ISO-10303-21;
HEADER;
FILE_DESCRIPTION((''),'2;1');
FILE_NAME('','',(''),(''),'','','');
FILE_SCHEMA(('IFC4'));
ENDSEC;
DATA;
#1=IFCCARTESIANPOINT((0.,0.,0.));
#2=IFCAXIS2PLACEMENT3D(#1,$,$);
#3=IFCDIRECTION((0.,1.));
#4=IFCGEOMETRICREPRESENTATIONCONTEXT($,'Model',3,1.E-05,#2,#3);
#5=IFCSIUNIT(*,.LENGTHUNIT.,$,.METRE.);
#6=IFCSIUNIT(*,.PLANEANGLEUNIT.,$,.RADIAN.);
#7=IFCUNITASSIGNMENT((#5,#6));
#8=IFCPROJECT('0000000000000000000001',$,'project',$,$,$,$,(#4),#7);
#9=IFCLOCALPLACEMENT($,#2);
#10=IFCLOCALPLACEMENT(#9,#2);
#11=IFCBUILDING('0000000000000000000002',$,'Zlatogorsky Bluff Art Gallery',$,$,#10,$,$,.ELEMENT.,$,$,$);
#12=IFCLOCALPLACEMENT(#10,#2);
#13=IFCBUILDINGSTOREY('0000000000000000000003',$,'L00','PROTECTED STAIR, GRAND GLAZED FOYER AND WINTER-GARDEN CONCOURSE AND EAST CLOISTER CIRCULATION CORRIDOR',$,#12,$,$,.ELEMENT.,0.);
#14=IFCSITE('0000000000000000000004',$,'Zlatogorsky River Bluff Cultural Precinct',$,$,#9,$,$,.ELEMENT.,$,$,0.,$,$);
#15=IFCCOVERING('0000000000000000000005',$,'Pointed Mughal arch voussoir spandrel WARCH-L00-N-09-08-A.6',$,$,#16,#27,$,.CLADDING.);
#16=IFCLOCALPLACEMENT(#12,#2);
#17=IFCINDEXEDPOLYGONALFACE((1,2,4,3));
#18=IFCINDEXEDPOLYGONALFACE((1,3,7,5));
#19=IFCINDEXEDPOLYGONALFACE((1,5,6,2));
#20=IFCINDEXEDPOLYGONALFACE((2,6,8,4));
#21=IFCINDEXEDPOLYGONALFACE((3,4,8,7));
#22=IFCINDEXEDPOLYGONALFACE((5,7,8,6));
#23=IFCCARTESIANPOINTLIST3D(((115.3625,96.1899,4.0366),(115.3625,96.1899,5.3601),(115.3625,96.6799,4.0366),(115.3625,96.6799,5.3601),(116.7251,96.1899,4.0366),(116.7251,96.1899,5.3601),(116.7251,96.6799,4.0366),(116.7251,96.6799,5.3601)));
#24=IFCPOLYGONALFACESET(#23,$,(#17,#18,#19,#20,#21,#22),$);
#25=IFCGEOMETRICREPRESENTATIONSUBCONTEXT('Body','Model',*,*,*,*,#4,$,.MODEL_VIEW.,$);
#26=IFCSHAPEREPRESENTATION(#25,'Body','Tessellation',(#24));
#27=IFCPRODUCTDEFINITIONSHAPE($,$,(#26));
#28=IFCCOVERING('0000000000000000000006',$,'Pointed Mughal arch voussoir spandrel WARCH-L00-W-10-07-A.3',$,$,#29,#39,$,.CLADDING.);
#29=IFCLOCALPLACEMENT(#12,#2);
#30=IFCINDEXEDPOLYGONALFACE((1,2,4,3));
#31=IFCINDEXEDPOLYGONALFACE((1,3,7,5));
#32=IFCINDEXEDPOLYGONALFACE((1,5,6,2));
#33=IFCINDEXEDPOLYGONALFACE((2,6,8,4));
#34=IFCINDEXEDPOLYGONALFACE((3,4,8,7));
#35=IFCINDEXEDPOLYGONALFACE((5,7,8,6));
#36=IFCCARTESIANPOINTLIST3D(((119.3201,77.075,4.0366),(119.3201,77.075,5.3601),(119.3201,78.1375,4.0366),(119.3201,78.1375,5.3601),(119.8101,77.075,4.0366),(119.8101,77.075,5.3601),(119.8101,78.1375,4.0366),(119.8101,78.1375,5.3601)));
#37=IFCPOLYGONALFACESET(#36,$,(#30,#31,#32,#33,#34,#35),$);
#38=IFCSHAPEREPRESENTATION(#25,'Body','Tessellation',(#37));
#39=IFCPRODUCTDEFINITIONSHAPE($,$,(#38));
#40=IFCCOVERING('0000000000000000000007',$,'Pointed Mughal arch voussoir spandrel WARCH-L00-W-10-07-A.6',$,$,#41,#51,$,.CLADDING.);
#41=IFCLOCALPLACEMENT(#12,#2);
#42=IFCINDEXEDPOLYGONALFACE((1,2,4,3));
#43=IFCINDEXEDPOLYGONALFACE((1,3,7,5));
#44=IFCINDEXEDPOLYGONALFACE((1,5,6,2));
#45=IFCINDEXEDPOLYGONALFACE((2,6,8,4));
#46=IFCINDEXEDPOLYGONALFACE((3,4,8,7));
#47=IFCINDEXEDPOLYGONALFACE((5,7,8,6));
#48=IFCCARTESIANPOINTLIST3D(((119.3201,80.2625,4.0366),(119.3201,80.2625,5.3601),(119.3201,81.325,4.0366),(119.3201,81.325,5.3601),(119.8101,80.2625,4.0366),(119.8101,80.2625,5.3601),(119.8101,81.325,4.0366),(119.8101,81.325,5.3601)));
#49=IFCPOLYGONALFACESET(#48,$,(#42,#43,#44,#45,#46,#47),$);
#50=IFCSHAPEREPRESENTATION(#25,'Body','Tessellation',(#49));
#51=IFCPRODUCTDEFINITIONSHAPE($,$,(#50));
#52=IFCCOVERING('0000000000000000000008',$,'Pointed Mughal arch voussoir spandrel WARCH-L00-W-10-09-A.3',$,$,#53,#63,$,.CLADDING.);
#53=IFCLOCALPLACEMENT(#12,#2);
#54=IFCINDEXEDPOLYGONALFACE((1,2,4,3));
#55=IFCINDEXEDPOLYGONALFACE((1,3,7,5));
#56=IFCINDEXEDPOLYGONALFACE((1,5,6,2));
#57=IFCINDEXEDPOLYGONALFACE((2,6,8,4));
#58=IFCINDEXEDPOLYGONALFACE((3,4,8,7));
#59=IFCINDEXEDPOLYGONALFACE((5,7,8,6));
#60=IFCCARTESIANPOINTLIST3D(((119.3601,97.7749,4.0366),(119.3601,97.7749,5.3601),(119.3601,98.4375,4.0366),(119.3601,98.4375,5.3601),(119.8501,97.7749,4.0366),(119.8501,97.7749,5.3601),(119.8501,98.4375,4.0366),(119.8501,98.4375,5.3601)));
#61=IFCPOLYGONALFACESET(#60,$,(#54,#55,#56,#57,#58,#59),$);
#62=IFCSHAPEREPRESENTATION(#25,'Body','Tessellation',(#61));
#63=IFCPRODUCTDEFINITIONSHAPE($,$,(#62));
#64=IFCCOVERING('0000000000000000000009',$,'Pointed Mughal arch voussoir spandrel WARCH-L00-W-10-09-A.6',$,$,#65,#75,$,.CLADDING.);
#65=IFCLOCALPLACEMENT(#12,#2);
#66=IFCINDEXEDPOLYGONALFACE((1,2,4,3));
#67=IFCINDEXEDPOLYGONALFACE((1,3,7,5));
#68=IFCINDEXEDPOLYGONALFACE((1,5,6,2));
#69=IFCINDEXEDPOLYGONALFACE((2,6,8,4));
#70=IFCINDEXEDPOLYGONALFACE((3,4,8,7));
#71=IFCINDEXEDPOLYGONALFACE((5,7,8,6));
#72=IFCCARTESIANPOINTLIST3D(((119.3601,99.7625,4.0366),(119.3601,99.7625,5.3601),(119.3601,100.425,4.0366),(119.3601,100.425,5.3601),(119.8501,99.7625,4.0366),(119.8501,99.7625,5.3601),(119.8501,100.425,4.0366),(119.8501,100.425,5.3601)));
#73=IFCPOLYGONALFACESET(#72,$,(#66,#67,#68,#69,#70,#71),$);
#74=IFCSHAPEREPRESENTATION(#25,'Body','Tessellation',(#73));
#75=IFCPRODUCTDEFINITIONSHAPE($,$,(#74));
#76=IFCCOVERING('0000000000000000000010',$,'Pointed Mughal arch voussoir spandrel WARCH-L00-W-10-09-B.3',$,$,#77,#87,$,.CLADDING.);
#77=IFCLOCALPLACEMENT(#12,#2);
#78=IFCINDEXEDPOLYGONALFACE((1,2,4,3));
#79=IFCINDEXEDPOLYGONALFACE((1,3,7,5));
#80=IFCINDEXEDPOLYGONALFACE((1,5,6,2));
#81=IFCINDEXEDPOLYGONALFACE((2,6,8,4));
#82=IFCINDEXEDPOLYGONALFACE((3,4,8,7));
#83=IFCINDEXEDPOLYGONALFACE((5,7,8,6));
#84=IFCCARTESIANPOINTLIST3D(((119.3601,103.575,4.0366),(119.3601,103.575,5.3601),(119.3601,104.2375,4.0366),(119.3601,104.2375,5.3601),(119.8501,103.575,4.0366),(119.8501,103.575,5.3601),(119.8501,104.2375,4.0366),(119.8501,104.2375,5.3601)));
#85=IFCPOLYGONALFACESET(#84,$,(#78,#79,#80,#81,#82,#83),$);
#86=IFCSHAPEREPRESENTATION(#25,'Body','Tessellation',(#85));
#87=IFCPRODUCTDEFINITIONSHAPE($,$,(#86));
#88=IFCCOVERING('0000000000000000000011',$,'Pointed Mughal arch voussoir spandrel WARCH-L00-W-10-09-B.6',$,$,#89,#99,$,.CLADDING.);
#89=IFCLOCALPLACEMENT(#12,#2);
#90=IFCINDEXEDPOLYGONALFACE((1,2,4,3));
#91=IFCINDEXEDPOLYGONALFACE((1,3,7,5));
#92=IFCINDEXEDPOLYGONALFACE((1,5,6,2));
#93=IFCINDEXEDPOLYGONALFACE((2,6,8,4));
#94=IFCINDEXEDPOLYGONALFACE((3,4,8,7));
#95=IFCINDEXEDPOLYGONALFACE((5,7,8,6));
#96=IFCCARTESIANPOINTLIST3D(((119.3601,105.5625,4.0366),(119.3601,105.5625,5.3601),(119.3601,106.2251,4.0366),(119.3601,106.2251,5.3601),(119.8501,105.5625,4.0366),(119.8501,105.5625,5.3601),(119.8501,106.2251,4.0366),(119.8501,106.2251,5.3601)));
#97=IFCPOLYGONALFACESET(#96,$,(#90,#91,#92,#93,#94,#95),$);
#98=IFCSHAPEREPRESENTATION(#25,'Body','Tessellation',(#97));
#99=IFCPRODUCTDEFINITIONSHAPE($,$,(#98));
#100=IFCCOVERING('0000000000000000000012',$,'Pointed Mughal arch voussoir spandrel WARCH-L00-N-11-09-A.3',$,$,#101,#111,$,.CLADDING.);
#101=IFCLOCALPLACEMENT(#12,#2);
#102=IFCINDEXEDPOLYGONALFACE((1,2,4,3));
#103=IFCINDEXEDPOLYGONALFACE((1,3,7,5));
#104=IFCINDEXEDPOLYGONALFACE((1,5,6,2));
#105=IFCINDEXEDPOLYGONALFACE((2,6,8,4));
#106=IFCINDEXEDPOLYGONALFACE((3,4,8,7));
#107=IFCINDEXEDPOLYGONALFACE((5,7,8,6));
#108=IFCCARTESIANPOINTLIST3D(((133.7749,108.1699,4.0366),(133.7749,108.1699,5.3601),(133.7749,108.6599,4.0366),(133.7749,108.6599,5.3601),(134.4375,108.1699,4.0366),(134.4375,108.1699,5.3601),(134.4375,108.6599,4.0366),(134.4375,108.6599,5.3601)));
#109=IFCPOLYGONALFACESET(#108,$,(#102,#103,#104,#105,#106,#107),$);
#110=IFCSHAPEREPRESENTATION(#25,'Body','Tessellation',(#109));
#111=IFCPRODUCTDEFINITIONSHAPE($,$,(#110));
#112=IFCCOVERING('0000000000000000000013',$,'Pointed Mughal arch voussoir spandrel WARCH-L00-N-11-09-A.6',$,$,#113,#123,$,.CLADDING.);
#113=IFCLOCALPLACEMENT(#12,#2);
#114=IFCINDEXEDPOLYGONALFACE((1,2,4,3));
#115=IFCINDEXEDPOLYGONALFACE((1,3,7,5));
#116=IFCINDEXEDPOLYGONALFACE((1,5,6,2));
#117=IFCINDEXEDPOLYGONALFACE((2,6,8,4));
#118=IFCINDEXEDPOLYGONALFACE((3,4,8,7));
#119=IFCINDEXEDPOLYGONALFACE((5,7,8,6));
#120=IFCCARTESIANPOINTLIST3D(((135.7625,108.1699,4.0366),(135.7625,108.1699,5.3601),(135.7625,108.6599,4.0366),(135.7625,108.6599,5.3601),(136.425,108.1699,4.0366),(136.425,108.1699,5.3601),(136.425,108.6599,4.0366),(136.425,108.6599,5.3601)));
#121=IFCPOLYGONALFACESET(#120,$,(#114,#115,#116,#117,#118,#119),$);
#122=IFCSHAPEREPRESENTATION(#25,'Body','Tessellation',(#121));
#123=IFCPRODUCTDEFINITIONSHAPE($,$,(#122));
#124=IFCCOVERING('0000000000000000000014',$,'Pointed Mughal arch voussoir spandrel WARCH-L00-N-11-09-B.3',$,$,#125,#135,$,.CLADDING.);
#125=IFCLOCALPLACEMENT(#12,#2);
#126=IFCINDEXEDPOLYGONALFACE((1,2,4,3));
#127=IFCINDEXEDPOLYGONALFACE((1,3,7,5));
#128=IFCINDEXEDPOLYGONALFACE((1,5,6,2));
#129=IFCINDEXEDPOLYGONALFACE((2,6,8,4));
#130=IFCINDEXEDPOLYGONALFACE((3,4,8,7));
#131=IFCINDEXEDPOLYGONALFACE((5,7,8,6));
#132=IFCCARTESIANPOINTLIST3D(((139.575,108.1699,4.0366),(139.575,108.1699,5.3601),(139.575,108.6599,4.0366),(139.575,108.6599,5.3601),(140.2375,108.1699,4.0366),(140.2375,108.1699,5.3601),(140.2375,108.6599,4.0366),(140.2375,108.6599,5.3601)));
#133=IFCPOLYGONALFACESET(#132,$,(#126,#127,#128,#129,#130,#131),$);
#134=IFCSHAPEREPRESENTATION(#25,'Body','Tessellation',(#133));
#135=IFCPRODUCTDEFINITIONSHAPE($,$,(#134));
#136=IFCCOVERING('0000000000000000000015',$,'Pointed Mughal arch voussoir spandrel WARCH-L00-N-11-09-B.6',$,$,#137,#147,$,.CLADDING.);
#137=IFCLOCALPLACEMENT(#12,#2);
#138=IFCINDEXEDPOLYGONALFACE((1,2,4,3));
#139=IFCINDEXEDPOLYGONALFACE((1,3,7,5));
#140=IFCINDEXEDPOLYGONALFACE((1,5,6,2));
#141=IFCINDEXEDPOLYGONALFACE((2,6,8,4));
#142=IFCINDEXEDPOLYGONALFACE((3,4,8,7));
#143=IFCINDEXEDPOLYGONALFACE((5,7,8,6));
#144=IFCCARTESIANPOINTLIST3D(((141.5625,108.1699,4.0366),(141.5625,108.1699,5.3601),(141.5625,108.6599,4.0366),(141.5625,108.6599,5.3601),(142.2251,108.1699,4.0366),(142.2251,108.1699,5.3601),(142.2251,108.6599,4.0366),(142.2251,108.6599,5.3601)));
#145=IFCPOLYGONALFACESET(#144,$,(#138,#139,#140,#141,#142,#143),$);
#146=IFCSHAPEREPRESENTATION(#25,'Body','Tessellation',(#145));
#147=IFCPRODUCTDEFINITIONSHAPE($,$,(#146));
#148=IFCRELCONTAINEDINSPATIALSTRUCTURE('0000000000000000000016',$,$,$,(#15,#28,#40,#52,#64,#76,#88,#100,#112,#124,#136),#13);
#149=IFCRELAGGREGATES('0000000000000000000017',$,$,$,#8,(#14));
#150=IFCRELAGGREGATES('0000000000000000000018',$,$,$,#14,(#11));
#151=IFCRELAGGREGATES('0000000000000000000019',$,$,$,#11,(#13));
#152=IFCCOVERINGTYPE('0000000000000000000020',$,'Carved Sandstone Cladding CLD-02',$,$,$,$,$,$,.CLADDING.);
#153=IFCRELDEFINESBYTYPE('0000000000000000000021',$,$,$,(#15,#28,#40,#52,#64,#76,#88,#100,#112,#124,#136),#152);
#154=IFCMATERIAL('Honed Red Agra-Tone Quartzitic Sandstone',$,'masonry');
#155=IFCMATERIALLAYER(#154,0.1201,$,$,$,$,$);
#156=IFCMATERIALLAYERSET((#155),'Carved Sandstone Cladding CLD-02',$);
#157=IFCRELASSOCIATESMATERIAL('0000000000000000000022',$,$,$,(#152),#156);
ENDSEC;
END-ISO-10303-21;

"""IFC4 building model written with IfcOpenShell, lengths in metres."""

from ifc_helpers import new_model, si_unit, direction, frame, origin, place, context, subcontext, project, spatial, polyline, outline, extrude, material, layer, layer_set, type_object, element, save


model = new_model("IFC4")

# Units and contexts
model_context = context("Model", 3, precision=1e-05, world=origin(), true_north=direction((0.0, 1.0)))
body_context = subcontext(model_context, "Body", "Model", "MODEL_VIEW")
ifc_project = project(units=[si_unit("LENGTHUNIT", "METRE"), si_unit("PLANEANGLEUNIT", "RADIAN")], contexts=[model_context])

# Site, building, storey
site_placement = place(None, origin())
site = spatial("IfcSite", under=ifc_project, at=site_placement, Name="Zlatogorsky River Bluff Cultural Precinct", CompositionType="ELEMENT", RefElevation=0.0)
building_placement = place(site_placement, origin())
building = spatial("IfcBuilding", under=site, at=building_placement, Name="Zlatogorsky Bluff Art Gallery", CompositionType="ELEMENT")
storey_placement = place(building_placement, origin())
storey = spatial("IfcBuildingStorey", under=building, at=storey_placement, Name="L00", Description="PROTECTED STAIR, GRAND GLAZED FOYER AND WINTER-GARDEN CONCOURSE AND EAST CLOISTER CIRCULATION CORRIDOR", CompositionType="ELEMENT", Elevation=0.0)

# Coverings
ifc_material = material(Name="Honed Red Agra-Tone Quartzitic Sandstone", Category="masonry")
ifc_layer = layer(ifc_material, 0.1201)
ifc_layer_set = layer_set([ifc_layer], Name="Carved Sandstone Cladding CLD-02")
covering_type = type_object("IfcCoveringType", Name="Carved Sandstone Cladding CLD-02", PredefinedType="CLADDING", material=ifc_layer_set)
covering_1_placement = place(storey_placement, frame((0.0, 0.0, 4.0366)))
element("IfcCovering", 1, at=covering_1_placement, inside=storey, type_object=covering_type, Name="Pointed Mughal arch voussoir spandrel WARCH-L00-N-09-08-A.6", PredefinedType="CLADDING", context=body_context, shape_type="SweptSolid", body=[
    extrude(outline(polyline([(115.3625, 96.1899), (116.7251, 96.1899), (116.7251, 96.6799), (115.3625, 96.6799), (115.3625, 96.1899)])), origin(), (0.0, 0.0, 1.0), 1.3235),
])
covering_2_placement = place(storey_placement, frame((0.0, 0.0, 4.0366)))
element("IfcCovering", 2, at=covering_2_placement, inside=storey, type_object=covering_type, Name="Pointed Mughal arch voussoir spandrel WARCH-L00-W-10-07-A.3", PredefinedType="CLADDING", context=body_context, shape_type="SweptSolid", body=[
    extrude(outline(polyline([(119.3201, 77.075), (119.3201, 78.1375), (119.8101, 78.1375), (119.8101, 77.075), (119.3201, 77.075)])), origin(), (0.0, 0.0, 1.0), 1.3235),
])
covering_3_placement = place(storey_placement, frame((0.0, 0.0, 4.0366)))
element("IfcCovering", 3, at=covering_3_placement, inside=storey, type_object=covering_type, Name="Pointed Mughal arch voussoir spandrel WARCH-L00-W-10-07-A.6", PredefinedType="CLADDING", context=body_context, shape_type="SweptSolid", body=[
    extrude(outline(polyline([(119.3201, 80.2625), (119.3201, 81.325), (119.8101, 81.325), (119.8101, 80.2625), (119.3201, 80.2625)])), origin(), (0.0, 0.0, 1.0), 1.3235),
])
covering_4_placement = place(storey_placement, frame((0.0, 0.0, 4.0366)))
element("IfcCovering", 4, at=covering_4_placement, inside=storey, type_object=covering_type, Name="Pointed Mughal arch voussoir spandrel WARCH-L00-W-10-09-A.3", PredefinedType="CLADDING", context=body_context, shape_type="SweptSolid", body=[
    extrude(outline(polyline([(119.3601, 97.7749), (119.3601, 98.4375), (119.8501, 98.4375), (119.8501, 97.7749), (119.3601, 97.7749)])), origin(), (0.0, 0.0, 1.0), 1.3235),
])
covering_5_placement = place(storey_placement, frame((0.0, 0.0, 4.0366)))
element("IfcCovering", 5, at=covering_5_placement, inside=storey, type_object=covering_type, Name="Pointed Mughal arch voussoir spandrel WARCH-L00-W-10-09-A.6", PredefinedType="CLADDING", context=body_context, shape_type="SweptSolid", body=[
    extrude(outline(polyline([(119.3601, 99.7625), (119.3601, 100.425), (119.8501, 100.425), (119.8501, 99.7625), (119.3601, 99.7625)])), origin(), (0.0, 0.0, 1.0), 1.3235),
])
covering_6_placement = place(storey_placement, frame((0.0, 0.0, 4.0366)))
element("IfcCovering", 6, at=covering_6_placement, inside=storey, type_object=covering_type, Name="Pointed Mughal arch voussoir spandrel WARCH-L00-W-10-09-B.3", PredefinedType="CLADDING", context=body_context, shape_type="SweptSolid", body=[
    extrude(outline(polyline([(119.3601, 103.575), (119.3601, 104.2375), (119.8501, 104.2375), (119.8501, 103.575), (119.3601, 103.575)])), origin(), (0.0, 0.0, 1.0), 1.3235),
])
covering_7_placement = place(storey_placement, frame((0.0, 0.0, 4.0366)))
element("IfcCovering", 7, at=covering_7_placement, inside=storey, type_object=covering_type, Name="Pointed Mughal arch voussoir spandrel WARCH-L00-W-10-09-B.6", PredefinedType="CLADDING", context=body_context, shape_type="SweptSolid", body=[
    extrude(outline(polyline([(119.3601, 105.5625), (119.3601, 106.2251), (119.8501, 106.2251), (119.8501, 105.5625), (119.3601, 105.5625)])), origin(), (0.0, 0.0, 1.0), 1.3235),
])
covering_8_placement = place(storey_placement, frame((0.0, 0.0, 4.0366)))
element("IfcCovering", 8, at=covering_8_placement, inside=storey, type_object=covering_type, Name="Pointed Mughal arch voussoir spandrel WARCH-L00-N-11-09-A.3", PredefinedType="CLADDING", context=body_context, shape_type="SweptSolid", body=[
    extrude(outline(polyline([(133.7749, 108.1699), (134.4375, 108.1699), (134.4375, 108.6599), (133.7749, 108.6599), (133.7749, 108.1699)])), origin(), (0.0, 0.0, 1.0), 1.3235),
])
covering_9_placement = place(storey_placement, frame((0.0, 0.0, 4.0366)))
element("IfcCovering", 9, at=covering_9_placement, inside=storey, type_object=covering_type, Name="Pointed Mughal arch voussoir spandrel WARCH-L00-N-11-09-A.6", PredefinedType="CLADDING", context=body_context, shape_type="SweptSolid", body=[
    extrude(outline(polyline([(135.7625, 108.1699), (136.425, 108.1699), (136.425, 108.6599), (135.7625, 108.6599), (135.7625, 108.1699)])), origin(), (0.0, 0.0, 1.0), 1.3235),
])
covering_10_placement = place(storey_placement, frame((0.0, 0.0, 4.0366)))
element("IfcCovering", 10, at=covering_10_placement, inside=storey, type_object=covering_type, Name="Pointed Mughal arch voussoir spandrel WARCH-L00-N-11-09-B.3", PredefinedType="CLADDING", context=body_context, shape_type="SweptSolid", body=[
    extrude(outline(polyline([(139.575, 108.1699), (140.2375, 108.1699), (140.2375, 108.6599), (139.575, 108.6599), (139.575, 108.1699)])), origin(), (0.0, 0.0, 1.0), 1.3235),
])
covering_11_placement = place(storey_placement, frame((0.0, 0.0, 4.0366)))
element("IfcCovering", 11, at=covering_11_placement, inside=storey, type_object=covering_type, Name="Pointed Mughal arch voussoir spandrel WARCH-L00-N-11-09-B.6", PredefinedType="CLADDING", context=body_context, shape_type="SweptSolid", body=[
    extrude(outline(polyline([(141.5625, 108.1699), (142.2251, 108.1699), (142.2251, 108.6599), (141.5625, 108.6599), (141.5625, 108.1699)])), origin(), (0.0, 0.0, 1.0), 1.3235),
])

save(model, "model.ifc")
